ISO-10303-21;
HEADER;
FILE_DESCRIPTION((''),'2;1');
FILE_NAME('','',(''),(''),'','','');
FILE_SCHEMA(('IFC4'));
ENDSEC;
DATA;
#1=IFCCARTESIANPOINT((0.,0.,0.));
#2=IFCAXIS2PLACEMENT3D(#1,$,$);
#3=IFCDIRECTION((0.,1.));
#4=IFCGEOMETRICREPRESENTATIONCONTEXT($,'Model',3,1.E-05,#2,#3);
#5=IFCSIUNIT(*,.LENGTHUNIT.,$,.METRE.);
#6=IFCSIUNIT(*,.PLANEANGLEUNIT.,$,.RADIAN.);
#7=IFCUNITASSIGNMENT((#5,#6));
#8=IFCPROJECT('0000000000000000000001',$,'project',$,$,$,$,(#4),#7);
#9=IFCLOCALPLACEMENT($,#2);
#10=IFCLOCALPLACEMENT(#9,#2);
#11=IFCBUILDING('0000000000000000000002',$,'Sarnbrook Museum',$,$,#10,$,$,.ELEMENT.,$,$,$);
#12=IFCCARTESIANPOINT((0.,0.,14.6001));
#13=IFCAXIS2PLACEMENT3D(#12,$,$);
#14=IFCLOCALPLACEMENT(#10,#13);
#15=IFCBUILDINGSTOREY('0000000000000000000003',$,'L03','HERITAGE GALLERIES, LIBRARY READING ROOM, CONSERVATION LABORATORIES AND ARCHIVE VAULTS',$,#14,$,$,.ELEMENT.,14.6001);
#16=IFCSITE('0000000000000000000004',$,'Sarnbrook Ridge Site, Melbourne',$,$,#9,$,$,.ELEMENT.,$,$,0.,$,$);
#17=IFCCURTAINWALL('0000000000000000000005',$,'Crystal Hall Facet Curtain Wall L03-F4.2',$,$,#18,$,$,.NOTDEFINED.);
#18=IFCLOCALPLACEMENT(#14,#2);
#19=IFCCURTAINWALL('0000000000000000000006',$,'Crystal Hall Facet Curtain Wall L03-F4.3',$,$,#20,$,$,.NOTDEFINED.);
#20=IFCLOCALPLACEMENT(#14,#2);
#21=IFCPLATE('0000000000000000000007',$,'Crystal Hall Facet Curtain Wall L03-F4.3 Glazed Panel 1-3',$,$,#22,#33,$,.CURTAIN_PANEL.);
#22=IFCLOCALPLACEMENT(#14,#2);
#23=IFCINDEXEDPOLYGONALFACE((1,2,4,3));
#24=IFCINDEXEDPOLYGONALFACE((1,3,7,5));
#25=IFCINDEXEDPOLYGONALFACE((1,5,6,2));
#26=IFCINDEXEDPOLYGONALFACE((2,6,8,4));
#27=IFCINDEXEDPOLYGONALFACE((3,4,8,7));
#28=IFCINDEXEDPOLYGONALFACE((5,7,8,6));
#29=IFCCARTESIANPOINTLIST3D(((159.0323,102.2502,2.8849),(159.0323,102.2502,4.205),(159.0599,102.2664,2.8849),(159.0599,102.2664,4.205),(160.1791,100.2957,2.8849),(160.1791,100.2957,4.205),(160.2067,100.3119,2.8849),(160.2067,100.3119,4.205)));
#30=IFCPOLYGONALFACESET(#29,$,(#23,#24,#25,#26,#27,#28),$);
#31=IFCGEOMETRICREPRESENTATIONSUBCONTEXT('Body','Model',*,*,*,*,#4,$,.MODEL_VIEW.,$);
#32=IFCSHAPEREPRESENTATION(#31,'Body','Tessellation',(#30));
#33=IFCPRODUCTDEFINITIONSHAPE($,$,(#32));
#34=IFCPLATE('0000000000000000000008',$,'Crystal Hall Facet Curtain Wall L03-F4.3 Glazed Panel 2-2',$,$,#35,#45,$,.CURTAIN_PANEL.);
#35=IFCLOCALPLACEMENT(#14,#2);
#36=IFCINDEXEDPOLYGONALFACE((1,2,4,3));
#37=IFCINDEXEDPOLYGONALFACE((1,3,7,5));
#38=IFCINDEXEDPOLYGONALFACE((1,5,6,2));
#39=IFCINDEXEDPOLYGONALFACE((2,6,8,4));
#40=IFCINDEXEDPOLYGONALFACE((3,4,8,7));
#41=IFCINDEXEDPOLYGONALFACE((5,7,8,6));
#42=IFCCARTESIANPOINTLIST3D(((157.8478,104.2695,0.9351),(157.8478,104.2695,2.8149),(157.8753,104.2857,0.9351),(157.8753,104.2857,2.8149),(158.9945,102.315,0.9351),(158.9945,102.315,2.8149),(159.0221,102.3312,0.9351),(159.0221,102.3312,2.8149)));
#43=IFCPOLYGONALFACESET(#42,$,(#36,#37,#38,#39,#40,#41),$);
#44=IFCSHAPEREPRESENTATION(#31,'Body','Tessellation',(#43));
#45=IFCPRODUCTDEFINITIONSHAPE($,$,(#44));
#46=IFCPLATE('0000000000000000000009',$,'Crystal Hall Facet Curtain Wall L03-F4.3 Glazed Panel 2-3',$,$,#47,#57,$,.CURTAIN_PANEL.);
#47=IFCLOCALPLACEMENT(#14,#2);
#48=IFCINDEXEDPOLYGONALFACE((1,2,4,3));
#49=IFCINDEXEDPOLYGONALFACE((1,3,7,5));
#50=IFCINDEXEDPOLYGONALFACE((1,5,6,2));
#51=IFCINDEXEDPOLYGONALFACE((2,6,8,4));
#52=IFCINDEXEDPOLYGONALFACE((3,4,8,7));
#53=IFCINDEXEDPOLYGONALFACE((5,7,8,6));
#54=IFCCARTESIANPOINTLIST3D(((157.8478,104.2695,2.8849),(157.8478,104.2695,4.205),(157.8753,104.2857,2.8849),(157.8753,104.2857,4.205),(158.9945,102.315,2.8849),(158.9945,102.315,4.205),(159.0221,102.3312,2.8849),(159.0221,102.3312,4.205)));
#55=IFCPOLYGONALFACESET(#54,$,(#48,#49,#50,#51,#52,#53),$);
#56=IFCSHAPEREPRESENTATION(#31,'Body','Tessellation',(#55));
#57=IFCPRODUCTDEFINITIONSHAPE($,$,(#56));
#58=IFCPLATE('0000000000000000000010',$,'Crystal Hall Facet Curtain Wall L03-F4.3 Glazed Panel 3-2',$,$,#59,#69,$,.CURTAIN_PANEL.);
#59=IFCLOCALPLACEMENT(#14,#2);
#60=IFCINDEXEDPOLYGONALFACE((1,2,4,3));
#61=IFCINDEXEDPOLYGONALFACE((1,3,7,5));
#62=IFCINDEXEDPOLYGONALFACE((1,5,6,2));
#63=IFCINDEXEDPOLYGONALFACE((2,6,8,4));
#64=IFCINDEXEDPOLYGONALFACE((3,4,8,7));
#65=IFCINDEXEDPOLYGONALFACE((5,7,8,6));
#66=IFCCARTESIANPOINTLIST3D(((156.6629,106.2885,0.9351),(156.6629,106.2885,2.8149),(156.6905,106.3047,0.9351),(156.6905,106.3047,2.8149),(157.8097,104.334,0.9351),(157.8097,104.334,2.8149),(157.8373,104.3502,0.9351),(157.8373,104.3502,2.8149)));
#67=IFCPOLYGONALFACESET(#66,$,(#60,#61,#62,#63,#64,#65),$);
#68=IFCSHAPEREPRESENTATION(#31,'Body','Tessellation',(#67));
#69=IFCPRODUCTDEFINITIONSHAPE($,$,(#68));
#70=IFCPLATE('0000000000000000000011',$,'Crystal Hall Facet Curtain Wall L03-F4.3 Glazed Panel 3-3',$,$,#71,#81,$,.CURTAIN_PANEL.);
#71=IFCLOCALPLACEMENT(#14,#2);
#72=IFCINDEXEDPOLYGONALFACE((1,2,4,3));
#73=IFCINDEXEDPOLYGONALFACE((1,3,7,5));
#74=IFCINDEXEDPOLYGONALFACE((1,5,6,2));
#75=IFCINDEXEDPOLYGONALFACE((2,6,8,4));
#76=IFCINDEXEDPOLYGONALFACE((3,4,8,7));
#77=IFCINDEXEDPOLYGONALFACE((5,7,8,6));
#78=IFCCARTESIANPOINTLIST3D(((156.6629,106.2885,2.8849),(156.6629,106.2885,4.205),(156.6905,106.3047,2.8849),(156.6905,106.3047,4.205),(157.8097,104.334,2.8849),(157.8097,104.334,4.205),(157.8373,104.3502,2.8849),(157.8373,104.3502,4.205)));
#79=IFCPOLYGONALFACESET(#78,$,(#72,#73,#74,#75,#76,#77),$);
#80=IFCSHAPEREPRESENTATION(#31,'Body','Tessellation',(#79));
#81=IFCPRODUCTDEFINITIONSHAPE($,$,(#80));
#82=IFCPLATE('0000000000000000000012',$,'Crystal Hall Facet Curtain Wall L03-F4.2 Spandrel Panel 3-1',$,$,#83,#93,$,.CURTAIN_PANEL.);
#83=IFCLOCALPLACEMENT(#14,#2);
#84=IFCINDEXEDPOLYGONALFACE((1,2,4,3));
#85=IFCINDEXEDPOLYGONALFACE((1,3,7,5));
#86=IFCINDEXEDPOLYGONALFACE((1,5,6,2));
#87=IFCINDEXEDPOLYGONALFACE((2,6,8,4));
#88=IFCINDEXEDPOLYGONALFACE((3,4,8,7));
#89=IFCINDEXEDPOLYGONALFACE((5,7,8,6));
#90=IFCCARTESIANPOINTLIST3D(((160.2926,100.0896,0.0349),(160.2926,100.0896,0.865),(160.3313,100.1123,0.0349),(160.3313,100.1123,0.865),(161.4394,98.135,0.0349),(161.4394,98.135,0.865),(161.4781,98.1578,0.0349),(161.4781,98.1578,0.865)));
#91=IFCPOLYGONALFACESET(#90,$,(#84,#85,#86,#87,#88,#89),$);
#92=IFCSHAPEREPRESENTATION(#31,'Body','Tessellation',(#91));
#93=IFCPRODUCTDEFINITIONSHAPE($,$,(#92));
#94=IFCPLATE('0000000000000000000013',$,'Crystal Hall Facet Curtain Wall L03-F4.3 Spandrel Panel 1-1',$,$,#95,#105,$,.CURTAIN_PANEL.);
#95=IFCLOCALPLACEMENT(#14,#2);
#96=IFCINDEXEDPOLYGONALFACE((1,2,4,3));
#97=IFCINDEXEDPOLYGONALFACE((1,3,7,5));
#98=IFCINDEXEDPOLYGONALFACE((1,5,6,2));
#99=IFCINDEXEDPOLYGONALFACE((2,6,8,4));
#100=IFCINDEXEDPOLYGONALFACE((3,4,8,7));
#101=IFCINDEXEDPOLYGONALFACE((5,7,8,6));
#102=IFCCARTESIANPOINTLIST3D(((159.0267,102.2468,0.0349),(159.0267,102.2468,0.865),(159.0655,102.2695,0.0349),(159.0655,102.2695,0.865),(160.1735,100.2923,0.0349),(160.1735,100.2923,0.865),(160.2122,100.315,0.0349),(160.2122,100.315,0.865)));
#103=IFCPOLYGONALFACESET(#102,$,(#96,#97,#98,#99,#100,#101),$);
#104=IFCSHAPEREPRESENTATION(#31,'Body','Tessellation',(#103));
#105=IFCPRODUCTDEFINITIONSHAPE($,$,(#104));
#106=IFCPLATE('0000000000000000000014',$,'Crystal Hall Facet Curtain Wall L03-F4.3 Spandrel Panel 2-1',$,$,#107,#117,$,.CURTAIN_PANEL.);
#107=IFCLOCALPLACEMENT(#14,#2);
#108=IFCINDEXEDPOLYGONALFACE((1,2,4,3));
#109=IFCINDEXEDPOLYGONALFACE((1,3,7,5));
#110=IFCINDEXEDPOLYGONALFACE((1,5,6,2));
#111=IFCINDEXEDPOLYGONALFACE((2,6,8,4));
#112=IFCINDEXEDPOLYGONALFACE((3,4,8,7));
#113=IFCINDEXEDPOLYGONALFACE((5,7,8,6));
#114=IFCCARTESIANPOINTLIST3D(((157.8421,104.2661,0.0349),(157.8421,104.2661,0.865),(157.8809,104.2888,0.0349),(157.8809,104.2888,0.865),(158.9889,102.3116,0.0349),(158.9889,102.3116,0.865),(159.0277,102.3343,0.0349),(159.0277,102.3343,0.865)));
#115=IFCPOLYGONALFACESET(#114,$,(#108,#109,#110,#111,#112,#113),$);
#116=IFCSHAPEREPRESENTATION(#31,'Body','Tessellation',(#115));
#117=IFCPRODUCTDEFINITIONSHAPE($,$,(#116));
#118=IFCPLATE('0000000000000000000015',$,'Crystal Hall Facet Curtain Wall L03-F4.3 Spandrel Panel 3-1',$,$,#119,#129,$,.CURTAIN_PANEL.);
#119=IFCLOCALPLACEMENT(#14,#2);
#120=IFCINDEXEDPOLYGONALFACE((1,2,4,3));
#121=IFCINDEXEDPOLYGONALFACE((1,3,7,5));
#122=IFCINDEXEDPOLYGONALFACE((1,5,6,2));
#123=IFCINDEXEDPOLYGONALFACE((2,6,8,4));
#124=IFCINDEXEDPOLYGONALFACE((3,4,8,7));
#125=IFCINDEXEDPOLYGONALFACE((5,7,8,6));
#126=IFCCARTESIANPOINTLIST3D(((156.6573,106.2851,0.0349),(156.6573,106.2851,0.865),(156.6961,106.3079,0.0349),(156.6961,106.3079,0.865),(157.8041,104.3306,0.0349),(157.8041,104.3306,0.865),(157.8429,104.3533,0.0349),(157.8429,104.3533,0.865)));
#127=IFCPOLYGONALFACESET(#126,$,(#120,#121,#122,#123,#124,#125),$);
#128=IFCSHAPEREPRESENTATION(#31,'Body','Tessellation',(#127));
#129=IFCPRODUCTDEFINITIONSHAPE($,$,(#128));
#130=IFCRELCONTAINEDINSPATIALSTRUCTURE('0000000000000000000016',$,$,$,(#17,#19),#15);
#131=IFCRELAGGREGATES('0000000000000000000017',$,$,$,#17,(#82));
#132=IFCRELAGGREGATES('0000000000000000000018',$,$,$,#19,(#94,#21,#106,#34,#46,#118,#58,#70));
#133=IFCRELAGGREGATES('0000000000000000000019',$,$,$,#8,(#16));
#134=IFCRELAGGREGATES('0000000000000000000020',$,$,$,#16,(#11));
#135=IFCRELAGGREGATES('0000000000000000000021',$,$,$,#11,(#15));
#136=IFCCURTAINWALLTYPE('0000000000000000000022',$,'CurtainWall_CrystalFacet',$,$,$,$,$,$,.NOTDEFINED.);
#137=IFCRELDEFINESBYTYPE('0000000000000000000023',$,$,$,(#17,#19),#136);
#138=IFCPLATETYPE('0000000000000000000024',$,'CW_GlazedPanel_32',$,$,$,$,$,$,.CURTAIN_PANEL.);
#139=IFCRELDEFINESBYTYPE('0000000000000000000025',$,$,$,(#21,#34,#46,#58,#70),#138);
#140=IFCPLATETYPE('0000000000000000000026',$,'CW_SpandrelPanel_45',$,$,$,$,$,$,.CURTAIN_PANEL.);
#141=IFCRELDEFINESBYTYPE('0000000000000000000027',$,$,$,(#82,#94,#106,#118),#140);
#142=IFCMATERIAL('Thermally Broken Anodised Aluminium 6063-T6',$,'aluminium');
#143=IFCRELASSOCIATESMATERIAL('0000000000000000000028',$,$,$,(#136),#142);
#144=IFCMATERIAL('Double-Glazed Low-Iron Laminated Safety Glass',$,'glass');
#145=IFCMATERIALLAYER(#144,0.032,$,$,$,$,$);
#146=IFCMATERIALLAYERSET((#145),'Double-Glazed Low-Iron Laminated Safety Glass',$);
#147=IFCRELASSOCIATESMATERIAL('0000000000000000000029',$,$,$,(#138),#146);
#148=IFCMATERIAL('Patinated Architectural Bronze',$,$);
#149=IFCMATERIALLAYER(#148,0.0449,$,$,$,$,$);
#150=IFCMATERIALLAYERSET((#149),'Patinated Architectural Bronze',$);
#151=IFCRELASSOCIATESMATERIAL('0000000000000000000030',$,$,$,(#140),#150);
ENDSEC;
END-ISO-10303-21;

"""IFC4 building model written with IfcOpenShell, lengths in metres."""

from ifc_helpers import new_model, si_unit, direction, frame, origin, origin_2d, place, context, subcontext, project, spatial, rectangle, extrude, material, layer, layer_set, type_object, element, aggregate, save


model = new_model("IFC4")

# Units and contexts
model_context = context("Model", 3, precision=1e-05, world=origin(), true_north=direction((0.0, 1.0)))
body_context = subcontext(model_context, "Body", "Model", "MODEL_VIEW")
ifc_project = project(units=[si_unit("LENGTHUNIT", "METRE"), si_unit("PLANEANGLEUNIT", "RADIAN")], contexts=[model_context])

# Site, building, storey
site_placement = place(None, origin())
site = spatial("IfcSite", under=ifc_project, at=site_placement, Name="Sarnbrook Ridge Site, Melbourne", CompositionType="ELEMENT", RefElevation=0.0)
building_placement = place(site_placement, origin())
building = spatial("IfcBuilding", under=site, at=building_placement, Name="Sarnbrook Museum", CompositionType="ELEMENT")
storey_placement = place(building_placement, frame((0.0, 0.0, 14.6001)))
storey = spatial("IfcBuildingStorey", under=building, at=storey_placement, Name="L03", Description="HERITAGE GALLERIES, LIBRARY READING ROOM, CONSERVATION LABORATORIES AND ARCHIVE VAULTS", CompositionType="ELEMENT", Elevation=14.6001)

# Curtain wall
ifc_material_1 = material(Name="Thermally Broken Anodised Aluminium 6063-T6", Category="aluminium")
curtain_wall_type = type_object("IfcCurtainWallType", Name="CurtainWall_CrystalFacet", PredefinedType="NOTDEFINED", material=ifc_material_1)
curtain_wall_1_placement = place(storey_placement, origin())
curtain_wall_1 = element("IfcCurtainWall", 1, at=curtain_wall_1_placement, inside=storey, type_object=curtain_wall_type, Name="Crystal Hall Facet Curtain Wall L03-F4.2", PredefinedType="NOTDEFINED")

# Curtain wall
curtain_wall_2_placement = place(storey_placement, origin())
curtain_wall_2 = element("IfcCurtainWall", 2, at=curtain_wall_2_placement, inside=storey, type_object=curtain_wall_type, Name="Crystal Hall Facet Curtain Wall L03-F4.3", PredefinedType="NOTDEFINED")

# Plates
ifc_material_2 = material(Name="Double-Glazed Low-Iron Laminated Safety Glass", Category="glass")
ifc_layer_1 = layer(ifc_material_2, 0.032)
ifc_layer_set_1 = layer_set([ifc_layer_1], Name="Double-Glazed Low-Iron Laminated Safety Glass")
plate_type_1 = type_object("IfcPlateType", Name="CW_GlazedPanel_32", PredefinedType="CURTAIN_PANEL", material=ifc_layer_set_1)
plate_1_placement = place(storey_placement, frame((159.6057, 101.2729, 3.5449), z_axis=(0.862499, 0.506058, 0.0), x_axis=(-0.506058, 0.862499, 0.0)))
plate_1 = element("IfcPlate", 3, at=plate_1_placement, type_object=plate_type_1, Name="Crystal Hall Facet Curtain Wall L03-F4.3 Glazed Panel 1-3", PredefinedType="CURTAIN_PANEL", context=body_context, shape_type="SweptSolid", body=[
    extrude(rectangle(XDim=2.2661, YDim=1.3201, at=origin_2d()), origin(), (0.0, 0.0, 1.0), 0.032),
])
plate_2_placement = place(storey_placement, frame((158.4211, 103.2922, 1.875), z_axis=(0.862499, 0.506058, 0.0), x_axis=(-0.506058, 0.862499, 0.0)))
plate_2 = element("IfcPlate", 4, at=plate_2_placement, type_object=plate_type_1, Name="Crystal Hall Facet Curtain Wall L03-F4.3 Glazed Panel 2-2", PredefinedType="CURTAIN_PANEL", context=body_context, shape_type="SweptSolid", body=[
    extrude(rectangle(XDim=2.2661, YDim=1.8799, at=origin_2d()), origin(), (0.0, 0.0, 1.0), 0.032),
])
plate_3_placement = place(storey_placement, frame((158.4211, 103.2922, 3.5449), z_axis=(0.862499, 0.506058, 0.0), x_axis=(-0.506058, 0.862499, 0.0)))
plate_3 = element("IfcPlate", 5, at=plate_3_placement, type_object=plate_type_1, Name="Crystal Hall Facet Curtain Wall L03-F4.3 Glazed Panel 2-3", PredefinedType="CURTAIN_PANEL", context=body_context, shape_type="SweptSolid", body=[
    extrude(rectangle(XDim=2.2661, YDim=1.3201, at=origin_2d()), origin(), (0.0, 0.0, 1.0), 0.032),
])
plate_4_placement = place(storey_placement, frame((157.2363, 105.3113, 1.875), z_axis=(0.862499, 0.506058, 0.0), x_axis=(-0.506058, 0.862499, 0.0)))
plate_4 = element("IfcPlate", 6, at=plate_4_placement, type_object=plate_type_1, Name="Crystal Hall Facet Curtain Wall L03-F4.3 Glazed Panel 3-2", PredefinedType="CURTAIN_PANEL", context=body_context, shape_type="SweptSolid", body=[
    extrude(rectangle(XDim=2.2661, YDim=1.8799, at=origin_2d()), origin(), (0.0, 0.0, 1.0), 0.032),
])
plate_5_placement = place(storey_placement, frame((157.2363, 105.3113, 3.5449), z_axis=(0.862499, 0.506058, 0.0), x_axis=(-0.506058, 0.862499, 0.0)))
plate_5 = element("IfcPlate", 7, at=plate_5_placement, type_object=plate_type_1, Name="Crystal Hall Facet Curtain Wall L03-F4.3 Glazed Panel 3-3", PredefinedType="CURTAIN_PANEL", context=body_context, shape_type="SweptSolid", body=[
    extrude(rectangle(XDim=2.2661, YDim=1.3201, at=origin_2d()), origin(), (0.0, 0.0, 1.0), 0.032),
])
ifc_material_3 = material(Name="Patinated Architectural Bronze")
ifc_layer_2 = layer(ifc_material_3, 0.0449)
ifc_layer_set_2 = layer_set([ifc_layer_2], Name="Patinated Architectural Bronze")
plate_type_2 = type_object("IfcPlateType", Name="CW_SpandrelPanel_45", PredefinedType="CURTAIN_PANEL", material=ifc_layer_set_2)
plate_6_placement = place(storey_placement, frame((160.866, 99.1123, 0.45), z_axis=(0.862499, 0.506058, 0.0), x_axis=(-0.506058, 0.862499, 0.0)))
plate_6 = element("IfcPlate", 8, at=plate_6_placement, type_object=plate_type_2, Name="Crystal Hall Facet Curtain Wall L03-F4.2 Spandrel Panel 3-1", PredefinedType="CURTAIN_PANEL", context=body_context, shape_type="SweptSolid", body=[
    extrude(rectangle(XDim=2.2661, YDim=0.8301, at=origin_2d()), origin(), (0.0, 0.0, 1.0), 0.0449),
])
aggregate(curtain_wall_1, [plate_6])
plate_7_placement = place(storey_placement, frame((159.6001, 101.2695, 0.45), z_axis=(0.862499, 0.506058, 0.0), x_axis=(-0.506058, 0.862499, 0.0)))
plate_7 = element("IfcPlate", 9, at=plate_7_placement, type_object=plate_type_2, Name="Crystal Hall Facet Curtain Wall L03-F4.3 Spandrel Panel 1-1", PredefinedType="CURTAIN_PANEL", context=body_context, shape_type="SweptSolid", body=[
    extrude(rectangle(XDim=2.2661, YDim=0.8301, at=origin_2d()), origin(), (0.0, 0.0, 1.0), 0.0449),
])
plate_8_placement = place(storey_placement, frame((158.4155, 103.2888, 0.45), z_axis=(0.862499, 0.506058, 0.0), x_axis=(-0.506058, 0.862499, 0.0)))
plate_8 = element("IfcPlate", 10, at=plate_8_placement, type_object=plate_type_2, Name="Crystal Hall Facet Curtain Wall L03-F4.3 Spandrel Panel 2-1", PredefinedType="CURTAIN_PANEL", context=body_context, shape_type="SweptSolid", body=[
    extrude(rectangle(XDim=2.2661, YDim=0.8301, at=origin_2d()), origin(), (0.0, 0.0, 1.0), 0.0449),
])
plate_9_placement = place(storey_placement, frame((157.2307, 105.3079, 0.45), z_axis=(0.862499, 0.506058, 0.0), x_axis=(-0.506058, 0.862499, 0.0)))
plate_9 = element("IfcPlate", 11, at=plate_9_placement, type_object=plate_type_2, Name="Crystal Hall Facet Curtain Wall L03-F4.3 Spandrel Panel 3-1", PredefinedType="CURTAIN_PANEL", context=body_context, shape_type="SweptSolid", body=[
    extrude(rectangle(XDim=2.2661, YDim=0.8301, at=origin_2d()), origin(), (0.0, 0.0, 1.0), 0.0449),
])
aggregate(curtain_wall_2, [plate_7, plate_1, plate_8, plate_2, plate_3, plate_9, plate_4, plate_5])

save(model, "model.ifc")
